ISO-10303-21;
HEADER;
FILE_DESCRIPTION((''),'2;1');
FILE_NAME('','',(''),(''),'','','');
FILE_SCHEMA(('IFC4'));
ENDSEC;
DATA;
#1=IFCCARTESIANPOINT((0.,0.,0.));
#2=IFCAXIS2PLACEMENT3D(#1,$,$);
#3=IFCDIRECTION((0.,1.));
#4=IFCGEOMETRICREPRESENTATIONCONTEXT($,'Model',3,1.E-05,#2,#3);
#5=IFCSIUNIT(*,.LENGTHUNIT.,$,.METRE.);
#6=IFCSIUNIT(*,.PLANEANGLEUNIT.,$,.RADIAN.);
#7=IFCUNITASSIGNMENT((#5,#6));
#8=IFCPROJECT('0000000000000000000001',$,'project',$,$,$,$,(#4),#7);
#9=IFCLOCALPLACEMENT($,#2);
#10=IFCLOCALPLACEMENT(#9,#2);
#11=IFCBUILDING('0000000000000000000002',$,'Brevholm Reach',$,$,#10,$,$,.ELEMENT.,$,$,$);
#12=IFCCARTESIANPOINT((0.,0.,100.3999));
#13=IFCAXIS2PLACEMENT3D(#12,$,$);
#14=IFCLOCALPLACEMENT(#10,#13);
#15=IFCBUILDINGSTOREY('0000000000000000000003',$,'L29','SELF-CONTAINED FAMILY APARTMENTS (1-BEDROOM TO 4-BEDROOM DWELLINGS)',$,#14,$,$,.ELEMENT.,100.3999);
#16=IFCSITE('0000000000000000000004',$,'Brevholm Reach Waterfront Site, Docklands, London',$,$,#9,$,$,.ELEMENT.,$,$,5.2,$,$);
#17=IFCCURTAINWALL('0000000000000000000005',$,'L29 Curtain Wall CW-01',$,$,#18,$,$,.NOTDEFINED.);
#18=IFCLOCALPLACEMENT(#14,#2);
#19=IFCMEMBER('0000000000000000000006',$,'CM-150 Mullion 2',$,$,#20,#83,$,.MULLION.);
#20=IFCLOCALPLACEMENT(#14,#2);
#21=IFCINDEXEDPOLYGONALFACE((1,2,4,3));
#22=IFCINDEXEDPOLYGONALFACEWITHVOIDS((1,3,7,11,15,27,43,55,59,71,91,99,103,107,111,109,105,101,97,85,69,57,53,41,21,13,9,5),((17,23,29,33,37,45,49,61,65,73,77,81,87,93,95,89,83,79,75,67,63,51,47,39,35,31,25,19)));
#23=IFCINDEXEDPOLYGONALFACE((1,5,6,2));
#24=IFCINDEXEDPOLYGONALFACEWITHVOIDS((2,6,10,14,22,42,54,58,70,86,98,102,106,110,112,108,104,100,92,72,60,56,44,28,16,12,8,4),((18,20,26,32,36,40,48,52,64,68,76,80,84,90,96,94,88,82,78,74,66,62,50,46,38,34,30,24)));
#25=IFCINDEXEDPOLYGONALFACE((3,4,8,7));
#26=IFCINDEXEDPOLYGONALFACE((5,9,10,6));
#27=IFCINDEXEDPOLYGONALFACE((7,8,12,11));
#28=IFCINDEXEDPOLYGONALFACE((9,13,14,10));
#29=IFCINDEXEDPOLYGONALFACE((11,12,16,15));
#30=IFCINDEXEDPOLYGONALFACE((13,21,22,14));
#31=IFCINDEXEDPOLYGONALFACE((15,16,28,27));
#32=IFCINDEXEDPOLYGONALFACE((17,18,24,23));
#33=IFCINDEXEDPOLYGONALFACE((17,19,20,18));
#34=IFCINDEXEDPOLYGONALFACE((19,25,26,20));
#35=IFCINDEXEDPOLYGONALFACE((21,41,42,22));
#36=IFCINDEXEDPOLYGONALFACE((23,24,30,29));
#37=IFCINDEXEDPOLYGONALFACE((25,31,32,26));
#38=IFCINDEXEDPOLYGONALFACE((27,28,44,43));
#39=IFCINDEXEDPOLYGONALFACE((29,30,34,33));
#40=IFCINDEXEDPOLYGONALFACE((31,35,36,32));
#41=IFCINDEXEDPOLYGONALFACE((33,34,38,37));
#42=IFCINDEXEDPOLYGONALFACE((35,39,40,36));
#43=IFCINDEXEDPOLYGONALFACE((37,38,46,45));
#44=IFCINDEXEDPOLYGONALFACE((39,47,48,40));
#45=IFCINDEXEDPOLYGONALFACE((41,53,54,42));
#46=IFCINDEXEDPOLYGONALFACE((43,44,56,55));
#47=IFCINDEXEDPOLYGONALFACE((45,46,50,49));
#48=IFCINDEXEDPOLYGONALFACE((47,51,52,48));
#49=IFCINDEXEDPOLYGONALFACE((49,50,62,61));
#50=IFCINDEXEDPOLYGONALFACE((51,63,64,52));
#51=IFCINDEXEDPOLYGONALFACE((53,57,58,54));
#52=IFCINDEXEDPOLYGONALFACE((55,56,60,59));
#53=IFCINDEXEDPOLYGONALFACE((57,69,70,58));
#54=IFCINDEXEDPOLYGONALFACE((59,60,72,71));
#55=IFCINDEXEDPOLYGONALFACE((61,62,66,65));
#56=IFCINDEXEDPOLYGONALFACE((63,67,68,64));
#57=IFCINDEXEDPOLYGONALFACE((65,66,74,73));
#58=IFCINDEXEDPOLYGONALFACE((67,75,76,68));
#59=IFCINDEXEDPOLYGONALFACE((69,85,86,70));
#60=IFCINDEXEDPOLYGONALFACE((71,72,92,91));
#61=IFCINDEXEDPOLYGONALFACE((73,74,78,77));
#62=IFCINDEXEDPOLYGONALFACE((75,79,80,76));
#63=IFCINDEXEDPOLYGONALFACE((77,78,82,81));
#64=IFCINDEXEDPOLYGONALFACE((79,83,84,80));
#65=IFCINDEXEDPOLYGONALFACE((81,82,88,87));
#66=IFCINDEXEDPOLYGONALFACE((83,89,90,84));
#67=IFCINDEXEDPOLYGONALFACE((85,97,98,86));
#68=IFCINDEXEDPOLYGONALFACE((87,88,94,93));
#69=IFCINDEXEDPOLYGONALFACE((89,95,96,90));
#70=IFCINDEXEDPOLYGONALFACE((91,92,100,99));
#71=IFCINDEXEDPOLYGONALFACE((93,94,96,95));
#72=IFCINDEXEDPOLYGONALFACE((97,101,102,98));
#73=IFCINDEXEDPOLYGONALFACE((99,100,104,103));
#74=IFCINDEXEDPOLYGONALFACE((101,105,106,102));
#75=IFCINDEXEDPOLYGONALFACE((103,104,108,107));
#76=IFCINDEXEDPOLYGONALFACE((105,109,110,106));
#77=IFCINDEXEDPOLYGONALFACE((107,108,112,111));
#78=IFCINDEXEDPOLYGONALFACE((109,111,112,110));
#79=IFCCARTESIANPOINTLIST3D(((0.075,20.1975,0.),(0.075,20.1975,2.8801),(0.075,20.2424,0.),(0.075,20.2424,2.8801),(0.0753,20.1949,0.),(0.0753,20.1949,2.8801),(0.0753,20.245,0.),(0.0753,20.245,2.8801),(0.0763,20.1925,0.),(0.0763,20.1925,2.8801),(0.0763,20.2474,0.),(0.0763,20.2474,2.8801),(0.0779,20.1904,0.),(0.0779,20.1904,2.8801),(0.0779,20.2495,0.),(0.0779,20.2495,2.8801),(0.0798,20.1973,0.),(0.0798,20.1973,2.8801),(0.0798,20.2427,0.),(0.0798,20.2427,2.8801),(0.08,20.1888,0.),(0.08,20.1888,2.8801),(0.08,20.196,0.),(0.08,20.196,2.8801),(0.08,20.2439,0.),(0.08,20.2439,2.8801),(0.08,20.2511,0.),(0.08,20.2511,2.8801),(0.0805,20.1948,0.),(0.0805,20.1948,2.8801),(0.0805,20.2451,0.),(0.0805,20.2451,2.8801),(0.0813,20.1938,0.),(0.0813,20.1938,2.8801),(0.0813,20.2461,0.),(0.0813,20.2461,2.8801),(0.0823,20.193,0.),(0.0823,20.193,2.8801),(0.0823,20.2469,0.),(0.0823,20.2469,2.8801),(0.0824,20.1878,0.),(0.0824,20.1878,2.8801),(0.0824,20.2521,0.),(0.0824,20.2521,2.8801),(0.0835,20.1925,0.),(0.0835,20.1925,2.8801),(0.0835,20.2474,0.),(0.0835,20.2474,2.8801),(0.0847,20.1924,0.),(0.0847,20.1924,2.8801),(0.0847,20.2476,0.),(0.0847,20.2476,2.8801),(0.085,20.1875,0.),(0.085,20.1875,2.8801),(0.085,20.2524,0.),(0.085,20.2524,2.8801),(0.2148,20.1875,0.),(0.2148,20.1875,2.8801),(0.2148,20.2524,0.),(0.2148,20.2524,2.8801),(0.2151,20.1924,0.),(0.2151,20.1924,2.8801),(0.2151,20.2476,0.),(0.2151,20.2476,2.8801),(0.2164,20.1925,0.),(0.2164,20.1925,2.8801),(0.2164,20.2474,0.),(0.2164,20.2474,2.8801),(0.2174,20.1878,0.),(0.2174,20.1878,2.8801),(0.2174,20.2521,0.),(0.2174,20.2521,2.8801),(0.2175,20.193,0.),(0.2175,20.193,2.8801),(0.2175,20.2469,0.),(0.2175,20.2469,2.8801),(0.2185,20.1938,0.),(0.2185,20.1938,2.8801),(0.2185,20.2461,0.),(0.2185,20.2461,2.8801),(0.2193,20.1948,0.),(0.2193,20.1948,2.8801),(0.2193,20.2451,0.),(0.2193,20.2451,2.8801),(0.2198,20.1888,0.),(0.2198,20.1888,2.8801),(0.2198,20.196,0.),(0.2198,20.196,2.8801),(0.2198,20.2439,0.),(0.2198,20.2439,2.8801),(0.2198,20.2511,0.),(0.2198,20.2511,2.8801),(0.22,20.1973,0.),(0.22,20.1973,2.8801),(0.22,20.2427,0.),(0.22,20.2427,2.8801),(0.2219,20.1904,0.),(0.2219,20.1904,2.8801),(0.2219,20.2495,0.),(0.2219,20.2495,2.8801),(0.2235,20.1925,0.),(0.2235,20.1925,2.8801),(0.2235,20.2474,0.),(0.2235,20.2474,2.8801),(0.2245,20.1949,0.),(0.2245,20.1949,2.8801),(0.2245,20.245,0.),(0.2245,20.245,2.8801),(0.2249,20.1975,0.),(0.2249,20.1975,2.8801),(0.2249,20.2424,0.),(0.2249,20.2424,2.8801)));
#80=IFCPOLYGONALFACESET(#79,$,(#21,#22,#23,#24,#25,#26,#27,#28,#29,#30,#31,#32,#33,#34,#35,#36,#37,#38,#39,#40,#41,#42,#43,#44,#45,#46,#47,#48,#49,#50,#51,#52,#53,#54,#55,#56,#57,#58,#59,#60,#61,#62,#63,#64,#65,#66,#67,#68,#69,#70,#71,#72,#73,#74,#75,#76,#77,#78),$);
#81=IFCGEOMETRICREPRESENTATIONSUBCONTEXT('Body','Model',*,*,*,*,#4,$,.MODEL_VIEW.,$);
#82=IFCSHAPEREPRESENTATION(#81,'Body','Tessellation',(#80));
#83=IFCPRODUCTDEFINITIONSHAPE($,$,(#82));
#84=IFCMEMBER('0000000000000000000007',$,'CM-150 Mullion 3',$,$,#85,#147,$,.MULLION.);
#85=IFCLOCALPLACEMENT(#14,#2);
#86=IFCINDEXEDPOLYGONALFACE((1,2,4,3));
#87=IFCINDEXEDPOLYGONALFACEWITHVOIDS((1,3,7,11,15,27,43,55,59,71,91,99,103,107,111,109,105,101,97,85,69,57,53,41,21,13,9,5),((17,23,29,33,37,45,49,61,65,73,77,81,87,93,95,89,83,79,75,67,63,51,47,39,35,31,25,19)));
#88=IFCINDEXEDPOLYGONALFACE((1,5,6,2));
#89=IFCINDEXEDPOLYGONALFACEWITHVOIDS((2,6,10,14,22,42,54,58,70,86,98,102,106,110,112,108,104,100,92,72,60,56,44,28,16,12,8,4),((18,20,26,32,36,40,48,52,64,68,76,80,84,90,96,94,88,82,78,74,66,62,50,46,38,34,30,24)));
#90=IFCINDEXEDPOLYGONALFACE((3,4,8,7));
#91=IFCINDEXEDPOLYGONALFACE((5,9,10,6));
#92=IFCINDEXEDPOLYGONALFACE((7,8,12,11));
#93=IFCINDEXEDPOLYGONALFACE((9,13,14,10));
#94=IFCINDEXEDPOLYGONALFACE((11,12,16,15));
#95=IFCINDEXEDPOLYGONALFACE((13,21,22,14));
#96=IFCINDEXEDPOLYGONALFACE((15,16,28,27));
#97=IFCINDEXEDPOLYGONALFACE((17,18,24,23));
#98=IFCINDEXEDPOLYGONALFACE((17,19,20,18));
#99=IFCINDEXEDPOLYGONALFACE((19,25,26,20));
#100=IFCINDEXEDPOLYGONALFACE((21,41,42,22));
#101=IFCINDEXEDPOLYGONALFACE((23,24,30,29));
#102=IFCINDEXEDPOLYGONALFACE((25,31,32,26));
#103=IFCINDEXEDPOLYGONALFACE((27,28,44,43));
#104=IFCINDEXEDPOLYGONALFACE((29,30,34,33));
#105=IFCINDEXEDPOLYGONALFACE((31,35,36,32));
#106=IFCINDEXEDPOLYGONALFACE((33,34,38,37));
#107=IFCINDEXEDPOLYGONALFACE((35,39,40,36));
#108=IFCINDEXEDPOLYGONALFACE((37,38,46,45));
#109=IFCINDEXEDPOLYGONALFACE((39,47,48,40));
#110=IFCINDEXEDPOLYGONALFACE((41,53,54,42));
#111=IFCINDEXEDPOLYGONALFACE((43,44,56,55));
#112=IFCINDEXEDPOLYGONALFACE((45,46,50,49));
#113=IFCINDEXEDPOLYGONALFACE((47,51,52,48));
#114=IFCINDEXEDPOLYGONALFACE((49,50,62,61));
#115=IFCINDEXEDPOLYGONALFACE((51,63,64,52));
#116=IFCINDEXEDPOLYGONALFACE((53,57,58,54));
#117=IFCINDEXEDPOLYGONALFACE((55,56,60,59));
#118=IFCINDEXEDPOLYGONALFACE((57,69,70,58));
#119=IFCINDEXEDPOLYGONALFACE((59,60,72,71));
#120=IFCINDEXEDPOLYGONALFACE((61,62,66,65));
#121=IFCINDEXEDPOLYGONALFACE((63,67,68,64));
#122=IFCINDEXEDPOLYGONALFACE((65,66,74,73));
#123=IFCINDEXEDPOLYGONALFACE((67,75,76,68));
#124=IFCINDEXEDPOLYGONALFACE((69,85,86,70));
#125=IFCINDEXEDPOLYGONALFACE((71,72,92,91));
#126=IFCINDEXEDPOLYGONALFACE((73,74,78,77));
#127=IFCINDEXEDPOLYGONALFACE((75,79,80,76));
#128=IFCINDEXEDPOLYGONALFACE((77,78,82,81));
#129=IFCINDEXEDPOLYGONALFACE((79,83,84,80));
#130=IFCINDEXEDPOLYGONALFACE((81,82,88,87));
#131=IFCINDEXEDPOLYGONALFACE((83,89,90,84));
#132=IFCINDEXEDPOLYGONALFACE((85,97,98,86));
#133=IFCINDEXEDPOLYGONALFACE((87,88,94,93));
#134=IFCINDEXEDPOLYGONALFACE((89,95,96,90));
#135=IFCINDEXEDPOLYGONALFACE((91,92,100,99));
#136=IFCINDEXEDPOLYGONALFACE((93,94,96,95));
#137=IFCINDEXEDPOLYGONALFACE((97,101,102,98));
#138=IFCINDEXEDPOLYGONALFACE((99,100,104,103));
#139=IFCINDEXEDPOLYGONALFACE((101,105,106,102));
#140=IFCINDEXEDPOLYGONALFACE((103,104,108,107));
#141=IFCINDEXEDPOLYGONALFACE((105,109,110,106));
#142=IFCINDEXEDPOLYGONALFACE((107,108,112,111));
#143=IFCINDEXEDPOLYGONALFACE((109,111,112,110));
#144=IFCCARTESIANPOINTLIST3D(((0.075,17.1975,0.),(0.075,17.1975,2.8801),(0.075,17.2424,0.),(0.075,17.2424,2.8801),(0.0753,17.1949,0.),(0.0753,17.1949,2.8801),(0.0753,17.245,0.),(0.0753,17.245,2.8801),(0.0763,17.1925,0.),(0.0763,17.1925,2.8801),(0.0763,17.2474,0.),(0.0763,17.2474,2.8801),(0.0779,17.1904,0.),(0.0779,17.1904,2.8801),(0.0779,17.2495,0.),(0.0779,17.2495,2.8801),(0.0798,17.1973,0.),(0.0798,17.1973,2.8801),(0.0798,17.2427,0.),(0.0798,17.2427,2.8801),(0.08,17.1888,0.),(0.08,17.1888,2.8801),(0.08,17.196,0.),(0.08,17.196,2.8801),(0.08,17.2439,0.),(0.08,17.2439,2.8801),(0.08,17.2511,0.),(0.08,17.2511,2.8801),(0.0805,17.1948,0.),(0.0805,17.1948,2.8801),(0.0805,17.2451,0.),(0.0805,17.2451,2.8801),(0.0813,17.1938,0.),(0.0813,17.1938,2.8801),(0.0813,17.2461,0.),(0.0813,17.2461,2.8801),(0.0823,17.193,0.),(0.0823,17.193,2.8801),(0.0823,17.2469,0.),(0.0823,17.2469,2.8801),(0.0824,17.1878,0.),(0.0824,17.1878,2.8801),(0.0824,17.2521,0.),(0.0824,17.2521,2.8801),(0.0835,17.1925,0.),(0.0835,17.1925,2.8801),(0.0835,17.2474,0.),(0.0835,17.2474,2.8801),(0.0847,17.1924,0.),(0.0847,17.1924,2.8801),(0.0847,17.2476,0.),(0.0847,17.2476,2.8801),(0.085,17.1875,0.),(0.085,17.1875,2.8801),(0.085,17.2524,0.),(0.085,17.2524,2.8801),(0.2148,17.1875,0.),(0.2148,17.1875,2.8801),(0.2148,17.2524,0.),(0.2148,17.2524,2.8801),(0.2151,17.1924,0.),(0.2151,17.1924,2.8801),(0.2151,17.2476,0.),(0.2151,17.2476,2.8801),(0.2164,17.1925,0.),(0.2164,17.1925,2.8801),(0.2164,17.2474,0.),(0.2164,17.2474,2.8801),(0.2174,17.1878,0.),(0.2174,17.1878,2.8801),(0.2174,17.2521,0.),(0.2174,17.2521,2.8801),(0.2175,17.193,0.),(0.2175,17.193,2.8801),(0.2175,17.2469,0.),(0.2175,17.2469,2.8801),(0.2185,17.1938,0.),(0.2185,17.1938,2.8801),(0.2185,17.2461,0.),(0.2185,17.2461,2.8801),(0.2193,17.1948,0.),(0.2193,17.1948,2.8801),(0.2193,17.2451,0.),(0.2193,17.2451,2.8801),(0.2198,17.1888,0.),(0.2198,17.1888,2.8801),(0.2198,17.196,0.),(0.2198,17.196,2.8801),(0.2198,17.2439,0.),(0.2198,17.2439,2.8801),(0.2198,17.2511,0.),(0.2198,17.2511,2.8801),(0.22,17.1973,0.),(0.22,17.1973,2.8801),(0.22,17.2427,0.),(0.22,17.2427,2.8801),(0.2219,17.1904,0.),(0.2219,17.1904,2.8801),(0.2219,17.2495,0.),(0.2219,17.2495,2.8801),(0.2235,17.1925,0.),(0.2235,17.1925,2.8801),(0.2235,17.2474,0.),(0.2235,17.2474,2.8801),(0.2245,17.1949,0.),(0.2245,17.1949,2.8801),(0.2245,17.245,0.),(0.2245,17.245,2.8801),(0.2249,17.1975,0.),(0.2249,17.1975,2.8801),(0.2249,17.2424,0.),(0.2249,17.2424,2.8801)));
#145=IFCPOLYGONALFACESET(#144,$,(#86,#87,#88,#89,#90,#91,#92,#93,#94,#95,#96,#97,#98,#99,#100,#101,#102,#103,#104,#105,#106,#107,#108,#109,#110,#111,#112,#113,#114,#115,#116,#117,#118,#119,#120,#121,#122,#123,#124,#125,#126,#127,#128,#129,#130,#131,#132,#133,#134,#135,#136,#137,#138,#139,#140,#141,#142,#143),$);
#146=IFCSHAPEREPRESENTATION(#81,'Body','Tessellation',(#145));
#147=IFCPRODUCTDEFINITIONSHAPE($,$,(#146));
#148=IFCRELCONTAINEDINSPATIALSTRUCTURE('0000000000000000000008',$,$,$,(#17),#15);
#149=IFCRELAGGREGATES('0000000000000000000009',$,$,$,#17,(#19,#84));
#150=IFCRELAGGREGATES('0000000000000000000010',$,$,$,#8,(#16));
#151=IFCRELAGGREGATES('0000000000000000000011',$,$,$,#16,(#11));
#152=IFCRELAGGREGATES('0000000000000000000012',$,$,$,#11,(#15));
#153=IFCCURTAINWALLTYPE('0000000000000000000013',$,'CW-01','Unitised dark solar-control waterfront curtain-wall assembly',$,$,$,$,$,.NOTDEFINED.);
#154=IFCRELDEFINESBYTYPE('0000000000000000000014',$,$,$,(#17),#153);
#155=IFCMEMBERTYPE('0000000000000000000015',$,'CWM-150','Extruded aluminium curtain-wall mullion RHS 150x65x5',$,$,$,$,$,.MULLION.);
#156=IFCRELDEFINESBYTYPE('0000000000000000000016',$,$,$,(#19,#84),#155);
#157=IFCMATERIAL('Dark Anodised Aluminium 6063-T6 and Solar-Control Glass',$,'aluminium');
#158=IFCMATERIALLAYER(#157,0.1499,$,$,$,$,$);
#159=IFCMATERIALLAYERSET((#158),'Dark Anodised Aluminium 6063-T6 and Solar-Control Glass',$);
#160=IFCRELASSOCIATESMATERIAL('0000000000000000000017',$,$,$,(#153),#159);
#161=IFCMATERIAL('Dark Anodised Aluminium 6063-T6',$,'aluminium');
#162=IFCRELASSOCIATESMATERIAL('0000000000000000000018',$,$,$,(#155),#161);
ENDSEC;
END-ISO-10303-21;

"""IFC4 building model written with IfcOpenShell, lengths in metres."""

from ifc_helpers import new_model, si_unit, direction, frame, origin, origin_2d, place, context, subcontext, project, spatial, hollow_rectangle, extrude, material, layer, layer_set, material_profile, profile_set, type_object, element, aggregate, save


model = new_model("IFC4")

# Units and contexts
model_context = context("Model", 3, precision=1e-05, world=origin(), true_north=direction((0.0, 1.0)))
body_context = subcontext(model_context, "Body", "Model", "MODEL_VIEW")
ifc_project = project(units=[si_unit("LENGTHUNIT", "METRE"), si_unit("PLANEANGLEUNIT", "RADIAN")], contexts=[model_context])

# Site, building, storey
site_placement = place(None, origin())
site = spatial("IfcSite", under=ifc_project, at=site_placement, Name="Brevholm Reach Waterfront Site, Docklands, London", CompositionType="ELEMENT", RefElevation=5.2)
building_placement = place(site_placement, origin())
building = spatial("IfcBuilding", under=site, at=building_placement, Name="Brevholm Reach", CompositionType="ELEMENT")
storey_placement = place(building_placement, frame((0.0, 0.0, 100.3999)))
storey = spatial("IfcBuildingStorey", under=building, at=storey_placement, Name="L29", Description="SELF-CONTAINED FAMILY APARTMENTS (1-BEDROOM TO 4-BEDROOM DWELLINGS)", CompositionType="ELEMENT", Elevation=100.3999)

# Curtain wall, members
ifc_material_1 = material(Name="Dark Anodised Aluminium 6063-T6 and Solar-Control Glass", Category="aluminium")
ifc_layer_1 = layer(ifc_material_1, 0.1499)
ifc_layer_set_1 = layer_set([ifc_layer_1], Name="Dark Anodised Aluminium 6063-T6 and Solar-Control Glass")
curtain_wall_type = type_object("IfcCurtainWallType", Name="CW-01", Description="Unitised dark solar-control waterfront curtain-wall assembly", PredefinedType="NOTDEFINED", material=ifc_layer_set_1)
curtain_wall_placement = place(storey_placement, origin())
curtain_wall = element("IfcCurtainWall", 1, at=curtain_wall_placement, inside=storey, type_object=curtain_wall_type, Name="L29 Curtain Wall CW-01", PredefinedType="NOTDEFINED")
ifc_material_2 = material(Name="Dark Anodised Aluminium 6063-T6", Category="aluminium")
ifc_material_profile_1 = material_profile(ifc_material_2, hollow_rectangle(XDim=0.0649, YDim=0.1499, WallThickness=0.0049, InnerFilletRadius=0.0049, OuterFilletRadius=0.01, at=origin_2d()), Name="RHS 150x65x5")
ifc_profile_set_1 = profile_set([ifc_material_profile_1], Name="Dark Anodised Aluminium 6063-T6")
member_type_1 = type_object("IfcMemberType", Name="CWM-150", Description="Extruded aluminium curtain-wall mullion RHS 150x65x5", PredefinedType="MULLION", material=ifc_profile_set_1)
member_1_placement = place(storey_placement, frame((0.1499, 20.22, 0.0), z_axis=(0.0, 0.0, 1.0), x_axis=(0.0, -1.0, 0.0)))
member_1 = element("IfcMember", 2, at=member_1_placement, type_object=member_type_1, Name="CM-150 Mullion 2", PredefinedType="MULLION", context=body_context, shape_type="SweptSolid", body=[
    extrude(hollow_rectangle(XDim=0.0649, YDim=0.1499, WallThickness=0.0049, InnerFilletRadius=0.0049, OuterFilletRadius=0.01, at=origin_2d()), origin(), (0.0, 0.0, 1.0), 2.8801),
])
member_2_placement = place(storey_placement, frame((0.1499, 17.22, 0.0), z_axis=(0.0, 0.0, 1.0), x_axis=(0.0, -1.0, 0.0)))
member_2 = element("IfcMember", 3, at=member_2_placement, type_object=member_type_1, Name="CM-150 Mullion 3", PredefinedType="MULLION", context=body_context, shape_type="SweptSolid", body=[
    extrude(hollow_rectangle(XDim=0.0649, YDim=0.1499, WallThickness=0.0049, InnerFilletRadius=0.0049, OuterFilletRadius=0.01, at=origin_2d()), origin(), (0.0, 0.0, 1.0), 2.8801),
])
aggregate(curtain_wall, [member_1, member_2])

save(model, "model.ifc")
